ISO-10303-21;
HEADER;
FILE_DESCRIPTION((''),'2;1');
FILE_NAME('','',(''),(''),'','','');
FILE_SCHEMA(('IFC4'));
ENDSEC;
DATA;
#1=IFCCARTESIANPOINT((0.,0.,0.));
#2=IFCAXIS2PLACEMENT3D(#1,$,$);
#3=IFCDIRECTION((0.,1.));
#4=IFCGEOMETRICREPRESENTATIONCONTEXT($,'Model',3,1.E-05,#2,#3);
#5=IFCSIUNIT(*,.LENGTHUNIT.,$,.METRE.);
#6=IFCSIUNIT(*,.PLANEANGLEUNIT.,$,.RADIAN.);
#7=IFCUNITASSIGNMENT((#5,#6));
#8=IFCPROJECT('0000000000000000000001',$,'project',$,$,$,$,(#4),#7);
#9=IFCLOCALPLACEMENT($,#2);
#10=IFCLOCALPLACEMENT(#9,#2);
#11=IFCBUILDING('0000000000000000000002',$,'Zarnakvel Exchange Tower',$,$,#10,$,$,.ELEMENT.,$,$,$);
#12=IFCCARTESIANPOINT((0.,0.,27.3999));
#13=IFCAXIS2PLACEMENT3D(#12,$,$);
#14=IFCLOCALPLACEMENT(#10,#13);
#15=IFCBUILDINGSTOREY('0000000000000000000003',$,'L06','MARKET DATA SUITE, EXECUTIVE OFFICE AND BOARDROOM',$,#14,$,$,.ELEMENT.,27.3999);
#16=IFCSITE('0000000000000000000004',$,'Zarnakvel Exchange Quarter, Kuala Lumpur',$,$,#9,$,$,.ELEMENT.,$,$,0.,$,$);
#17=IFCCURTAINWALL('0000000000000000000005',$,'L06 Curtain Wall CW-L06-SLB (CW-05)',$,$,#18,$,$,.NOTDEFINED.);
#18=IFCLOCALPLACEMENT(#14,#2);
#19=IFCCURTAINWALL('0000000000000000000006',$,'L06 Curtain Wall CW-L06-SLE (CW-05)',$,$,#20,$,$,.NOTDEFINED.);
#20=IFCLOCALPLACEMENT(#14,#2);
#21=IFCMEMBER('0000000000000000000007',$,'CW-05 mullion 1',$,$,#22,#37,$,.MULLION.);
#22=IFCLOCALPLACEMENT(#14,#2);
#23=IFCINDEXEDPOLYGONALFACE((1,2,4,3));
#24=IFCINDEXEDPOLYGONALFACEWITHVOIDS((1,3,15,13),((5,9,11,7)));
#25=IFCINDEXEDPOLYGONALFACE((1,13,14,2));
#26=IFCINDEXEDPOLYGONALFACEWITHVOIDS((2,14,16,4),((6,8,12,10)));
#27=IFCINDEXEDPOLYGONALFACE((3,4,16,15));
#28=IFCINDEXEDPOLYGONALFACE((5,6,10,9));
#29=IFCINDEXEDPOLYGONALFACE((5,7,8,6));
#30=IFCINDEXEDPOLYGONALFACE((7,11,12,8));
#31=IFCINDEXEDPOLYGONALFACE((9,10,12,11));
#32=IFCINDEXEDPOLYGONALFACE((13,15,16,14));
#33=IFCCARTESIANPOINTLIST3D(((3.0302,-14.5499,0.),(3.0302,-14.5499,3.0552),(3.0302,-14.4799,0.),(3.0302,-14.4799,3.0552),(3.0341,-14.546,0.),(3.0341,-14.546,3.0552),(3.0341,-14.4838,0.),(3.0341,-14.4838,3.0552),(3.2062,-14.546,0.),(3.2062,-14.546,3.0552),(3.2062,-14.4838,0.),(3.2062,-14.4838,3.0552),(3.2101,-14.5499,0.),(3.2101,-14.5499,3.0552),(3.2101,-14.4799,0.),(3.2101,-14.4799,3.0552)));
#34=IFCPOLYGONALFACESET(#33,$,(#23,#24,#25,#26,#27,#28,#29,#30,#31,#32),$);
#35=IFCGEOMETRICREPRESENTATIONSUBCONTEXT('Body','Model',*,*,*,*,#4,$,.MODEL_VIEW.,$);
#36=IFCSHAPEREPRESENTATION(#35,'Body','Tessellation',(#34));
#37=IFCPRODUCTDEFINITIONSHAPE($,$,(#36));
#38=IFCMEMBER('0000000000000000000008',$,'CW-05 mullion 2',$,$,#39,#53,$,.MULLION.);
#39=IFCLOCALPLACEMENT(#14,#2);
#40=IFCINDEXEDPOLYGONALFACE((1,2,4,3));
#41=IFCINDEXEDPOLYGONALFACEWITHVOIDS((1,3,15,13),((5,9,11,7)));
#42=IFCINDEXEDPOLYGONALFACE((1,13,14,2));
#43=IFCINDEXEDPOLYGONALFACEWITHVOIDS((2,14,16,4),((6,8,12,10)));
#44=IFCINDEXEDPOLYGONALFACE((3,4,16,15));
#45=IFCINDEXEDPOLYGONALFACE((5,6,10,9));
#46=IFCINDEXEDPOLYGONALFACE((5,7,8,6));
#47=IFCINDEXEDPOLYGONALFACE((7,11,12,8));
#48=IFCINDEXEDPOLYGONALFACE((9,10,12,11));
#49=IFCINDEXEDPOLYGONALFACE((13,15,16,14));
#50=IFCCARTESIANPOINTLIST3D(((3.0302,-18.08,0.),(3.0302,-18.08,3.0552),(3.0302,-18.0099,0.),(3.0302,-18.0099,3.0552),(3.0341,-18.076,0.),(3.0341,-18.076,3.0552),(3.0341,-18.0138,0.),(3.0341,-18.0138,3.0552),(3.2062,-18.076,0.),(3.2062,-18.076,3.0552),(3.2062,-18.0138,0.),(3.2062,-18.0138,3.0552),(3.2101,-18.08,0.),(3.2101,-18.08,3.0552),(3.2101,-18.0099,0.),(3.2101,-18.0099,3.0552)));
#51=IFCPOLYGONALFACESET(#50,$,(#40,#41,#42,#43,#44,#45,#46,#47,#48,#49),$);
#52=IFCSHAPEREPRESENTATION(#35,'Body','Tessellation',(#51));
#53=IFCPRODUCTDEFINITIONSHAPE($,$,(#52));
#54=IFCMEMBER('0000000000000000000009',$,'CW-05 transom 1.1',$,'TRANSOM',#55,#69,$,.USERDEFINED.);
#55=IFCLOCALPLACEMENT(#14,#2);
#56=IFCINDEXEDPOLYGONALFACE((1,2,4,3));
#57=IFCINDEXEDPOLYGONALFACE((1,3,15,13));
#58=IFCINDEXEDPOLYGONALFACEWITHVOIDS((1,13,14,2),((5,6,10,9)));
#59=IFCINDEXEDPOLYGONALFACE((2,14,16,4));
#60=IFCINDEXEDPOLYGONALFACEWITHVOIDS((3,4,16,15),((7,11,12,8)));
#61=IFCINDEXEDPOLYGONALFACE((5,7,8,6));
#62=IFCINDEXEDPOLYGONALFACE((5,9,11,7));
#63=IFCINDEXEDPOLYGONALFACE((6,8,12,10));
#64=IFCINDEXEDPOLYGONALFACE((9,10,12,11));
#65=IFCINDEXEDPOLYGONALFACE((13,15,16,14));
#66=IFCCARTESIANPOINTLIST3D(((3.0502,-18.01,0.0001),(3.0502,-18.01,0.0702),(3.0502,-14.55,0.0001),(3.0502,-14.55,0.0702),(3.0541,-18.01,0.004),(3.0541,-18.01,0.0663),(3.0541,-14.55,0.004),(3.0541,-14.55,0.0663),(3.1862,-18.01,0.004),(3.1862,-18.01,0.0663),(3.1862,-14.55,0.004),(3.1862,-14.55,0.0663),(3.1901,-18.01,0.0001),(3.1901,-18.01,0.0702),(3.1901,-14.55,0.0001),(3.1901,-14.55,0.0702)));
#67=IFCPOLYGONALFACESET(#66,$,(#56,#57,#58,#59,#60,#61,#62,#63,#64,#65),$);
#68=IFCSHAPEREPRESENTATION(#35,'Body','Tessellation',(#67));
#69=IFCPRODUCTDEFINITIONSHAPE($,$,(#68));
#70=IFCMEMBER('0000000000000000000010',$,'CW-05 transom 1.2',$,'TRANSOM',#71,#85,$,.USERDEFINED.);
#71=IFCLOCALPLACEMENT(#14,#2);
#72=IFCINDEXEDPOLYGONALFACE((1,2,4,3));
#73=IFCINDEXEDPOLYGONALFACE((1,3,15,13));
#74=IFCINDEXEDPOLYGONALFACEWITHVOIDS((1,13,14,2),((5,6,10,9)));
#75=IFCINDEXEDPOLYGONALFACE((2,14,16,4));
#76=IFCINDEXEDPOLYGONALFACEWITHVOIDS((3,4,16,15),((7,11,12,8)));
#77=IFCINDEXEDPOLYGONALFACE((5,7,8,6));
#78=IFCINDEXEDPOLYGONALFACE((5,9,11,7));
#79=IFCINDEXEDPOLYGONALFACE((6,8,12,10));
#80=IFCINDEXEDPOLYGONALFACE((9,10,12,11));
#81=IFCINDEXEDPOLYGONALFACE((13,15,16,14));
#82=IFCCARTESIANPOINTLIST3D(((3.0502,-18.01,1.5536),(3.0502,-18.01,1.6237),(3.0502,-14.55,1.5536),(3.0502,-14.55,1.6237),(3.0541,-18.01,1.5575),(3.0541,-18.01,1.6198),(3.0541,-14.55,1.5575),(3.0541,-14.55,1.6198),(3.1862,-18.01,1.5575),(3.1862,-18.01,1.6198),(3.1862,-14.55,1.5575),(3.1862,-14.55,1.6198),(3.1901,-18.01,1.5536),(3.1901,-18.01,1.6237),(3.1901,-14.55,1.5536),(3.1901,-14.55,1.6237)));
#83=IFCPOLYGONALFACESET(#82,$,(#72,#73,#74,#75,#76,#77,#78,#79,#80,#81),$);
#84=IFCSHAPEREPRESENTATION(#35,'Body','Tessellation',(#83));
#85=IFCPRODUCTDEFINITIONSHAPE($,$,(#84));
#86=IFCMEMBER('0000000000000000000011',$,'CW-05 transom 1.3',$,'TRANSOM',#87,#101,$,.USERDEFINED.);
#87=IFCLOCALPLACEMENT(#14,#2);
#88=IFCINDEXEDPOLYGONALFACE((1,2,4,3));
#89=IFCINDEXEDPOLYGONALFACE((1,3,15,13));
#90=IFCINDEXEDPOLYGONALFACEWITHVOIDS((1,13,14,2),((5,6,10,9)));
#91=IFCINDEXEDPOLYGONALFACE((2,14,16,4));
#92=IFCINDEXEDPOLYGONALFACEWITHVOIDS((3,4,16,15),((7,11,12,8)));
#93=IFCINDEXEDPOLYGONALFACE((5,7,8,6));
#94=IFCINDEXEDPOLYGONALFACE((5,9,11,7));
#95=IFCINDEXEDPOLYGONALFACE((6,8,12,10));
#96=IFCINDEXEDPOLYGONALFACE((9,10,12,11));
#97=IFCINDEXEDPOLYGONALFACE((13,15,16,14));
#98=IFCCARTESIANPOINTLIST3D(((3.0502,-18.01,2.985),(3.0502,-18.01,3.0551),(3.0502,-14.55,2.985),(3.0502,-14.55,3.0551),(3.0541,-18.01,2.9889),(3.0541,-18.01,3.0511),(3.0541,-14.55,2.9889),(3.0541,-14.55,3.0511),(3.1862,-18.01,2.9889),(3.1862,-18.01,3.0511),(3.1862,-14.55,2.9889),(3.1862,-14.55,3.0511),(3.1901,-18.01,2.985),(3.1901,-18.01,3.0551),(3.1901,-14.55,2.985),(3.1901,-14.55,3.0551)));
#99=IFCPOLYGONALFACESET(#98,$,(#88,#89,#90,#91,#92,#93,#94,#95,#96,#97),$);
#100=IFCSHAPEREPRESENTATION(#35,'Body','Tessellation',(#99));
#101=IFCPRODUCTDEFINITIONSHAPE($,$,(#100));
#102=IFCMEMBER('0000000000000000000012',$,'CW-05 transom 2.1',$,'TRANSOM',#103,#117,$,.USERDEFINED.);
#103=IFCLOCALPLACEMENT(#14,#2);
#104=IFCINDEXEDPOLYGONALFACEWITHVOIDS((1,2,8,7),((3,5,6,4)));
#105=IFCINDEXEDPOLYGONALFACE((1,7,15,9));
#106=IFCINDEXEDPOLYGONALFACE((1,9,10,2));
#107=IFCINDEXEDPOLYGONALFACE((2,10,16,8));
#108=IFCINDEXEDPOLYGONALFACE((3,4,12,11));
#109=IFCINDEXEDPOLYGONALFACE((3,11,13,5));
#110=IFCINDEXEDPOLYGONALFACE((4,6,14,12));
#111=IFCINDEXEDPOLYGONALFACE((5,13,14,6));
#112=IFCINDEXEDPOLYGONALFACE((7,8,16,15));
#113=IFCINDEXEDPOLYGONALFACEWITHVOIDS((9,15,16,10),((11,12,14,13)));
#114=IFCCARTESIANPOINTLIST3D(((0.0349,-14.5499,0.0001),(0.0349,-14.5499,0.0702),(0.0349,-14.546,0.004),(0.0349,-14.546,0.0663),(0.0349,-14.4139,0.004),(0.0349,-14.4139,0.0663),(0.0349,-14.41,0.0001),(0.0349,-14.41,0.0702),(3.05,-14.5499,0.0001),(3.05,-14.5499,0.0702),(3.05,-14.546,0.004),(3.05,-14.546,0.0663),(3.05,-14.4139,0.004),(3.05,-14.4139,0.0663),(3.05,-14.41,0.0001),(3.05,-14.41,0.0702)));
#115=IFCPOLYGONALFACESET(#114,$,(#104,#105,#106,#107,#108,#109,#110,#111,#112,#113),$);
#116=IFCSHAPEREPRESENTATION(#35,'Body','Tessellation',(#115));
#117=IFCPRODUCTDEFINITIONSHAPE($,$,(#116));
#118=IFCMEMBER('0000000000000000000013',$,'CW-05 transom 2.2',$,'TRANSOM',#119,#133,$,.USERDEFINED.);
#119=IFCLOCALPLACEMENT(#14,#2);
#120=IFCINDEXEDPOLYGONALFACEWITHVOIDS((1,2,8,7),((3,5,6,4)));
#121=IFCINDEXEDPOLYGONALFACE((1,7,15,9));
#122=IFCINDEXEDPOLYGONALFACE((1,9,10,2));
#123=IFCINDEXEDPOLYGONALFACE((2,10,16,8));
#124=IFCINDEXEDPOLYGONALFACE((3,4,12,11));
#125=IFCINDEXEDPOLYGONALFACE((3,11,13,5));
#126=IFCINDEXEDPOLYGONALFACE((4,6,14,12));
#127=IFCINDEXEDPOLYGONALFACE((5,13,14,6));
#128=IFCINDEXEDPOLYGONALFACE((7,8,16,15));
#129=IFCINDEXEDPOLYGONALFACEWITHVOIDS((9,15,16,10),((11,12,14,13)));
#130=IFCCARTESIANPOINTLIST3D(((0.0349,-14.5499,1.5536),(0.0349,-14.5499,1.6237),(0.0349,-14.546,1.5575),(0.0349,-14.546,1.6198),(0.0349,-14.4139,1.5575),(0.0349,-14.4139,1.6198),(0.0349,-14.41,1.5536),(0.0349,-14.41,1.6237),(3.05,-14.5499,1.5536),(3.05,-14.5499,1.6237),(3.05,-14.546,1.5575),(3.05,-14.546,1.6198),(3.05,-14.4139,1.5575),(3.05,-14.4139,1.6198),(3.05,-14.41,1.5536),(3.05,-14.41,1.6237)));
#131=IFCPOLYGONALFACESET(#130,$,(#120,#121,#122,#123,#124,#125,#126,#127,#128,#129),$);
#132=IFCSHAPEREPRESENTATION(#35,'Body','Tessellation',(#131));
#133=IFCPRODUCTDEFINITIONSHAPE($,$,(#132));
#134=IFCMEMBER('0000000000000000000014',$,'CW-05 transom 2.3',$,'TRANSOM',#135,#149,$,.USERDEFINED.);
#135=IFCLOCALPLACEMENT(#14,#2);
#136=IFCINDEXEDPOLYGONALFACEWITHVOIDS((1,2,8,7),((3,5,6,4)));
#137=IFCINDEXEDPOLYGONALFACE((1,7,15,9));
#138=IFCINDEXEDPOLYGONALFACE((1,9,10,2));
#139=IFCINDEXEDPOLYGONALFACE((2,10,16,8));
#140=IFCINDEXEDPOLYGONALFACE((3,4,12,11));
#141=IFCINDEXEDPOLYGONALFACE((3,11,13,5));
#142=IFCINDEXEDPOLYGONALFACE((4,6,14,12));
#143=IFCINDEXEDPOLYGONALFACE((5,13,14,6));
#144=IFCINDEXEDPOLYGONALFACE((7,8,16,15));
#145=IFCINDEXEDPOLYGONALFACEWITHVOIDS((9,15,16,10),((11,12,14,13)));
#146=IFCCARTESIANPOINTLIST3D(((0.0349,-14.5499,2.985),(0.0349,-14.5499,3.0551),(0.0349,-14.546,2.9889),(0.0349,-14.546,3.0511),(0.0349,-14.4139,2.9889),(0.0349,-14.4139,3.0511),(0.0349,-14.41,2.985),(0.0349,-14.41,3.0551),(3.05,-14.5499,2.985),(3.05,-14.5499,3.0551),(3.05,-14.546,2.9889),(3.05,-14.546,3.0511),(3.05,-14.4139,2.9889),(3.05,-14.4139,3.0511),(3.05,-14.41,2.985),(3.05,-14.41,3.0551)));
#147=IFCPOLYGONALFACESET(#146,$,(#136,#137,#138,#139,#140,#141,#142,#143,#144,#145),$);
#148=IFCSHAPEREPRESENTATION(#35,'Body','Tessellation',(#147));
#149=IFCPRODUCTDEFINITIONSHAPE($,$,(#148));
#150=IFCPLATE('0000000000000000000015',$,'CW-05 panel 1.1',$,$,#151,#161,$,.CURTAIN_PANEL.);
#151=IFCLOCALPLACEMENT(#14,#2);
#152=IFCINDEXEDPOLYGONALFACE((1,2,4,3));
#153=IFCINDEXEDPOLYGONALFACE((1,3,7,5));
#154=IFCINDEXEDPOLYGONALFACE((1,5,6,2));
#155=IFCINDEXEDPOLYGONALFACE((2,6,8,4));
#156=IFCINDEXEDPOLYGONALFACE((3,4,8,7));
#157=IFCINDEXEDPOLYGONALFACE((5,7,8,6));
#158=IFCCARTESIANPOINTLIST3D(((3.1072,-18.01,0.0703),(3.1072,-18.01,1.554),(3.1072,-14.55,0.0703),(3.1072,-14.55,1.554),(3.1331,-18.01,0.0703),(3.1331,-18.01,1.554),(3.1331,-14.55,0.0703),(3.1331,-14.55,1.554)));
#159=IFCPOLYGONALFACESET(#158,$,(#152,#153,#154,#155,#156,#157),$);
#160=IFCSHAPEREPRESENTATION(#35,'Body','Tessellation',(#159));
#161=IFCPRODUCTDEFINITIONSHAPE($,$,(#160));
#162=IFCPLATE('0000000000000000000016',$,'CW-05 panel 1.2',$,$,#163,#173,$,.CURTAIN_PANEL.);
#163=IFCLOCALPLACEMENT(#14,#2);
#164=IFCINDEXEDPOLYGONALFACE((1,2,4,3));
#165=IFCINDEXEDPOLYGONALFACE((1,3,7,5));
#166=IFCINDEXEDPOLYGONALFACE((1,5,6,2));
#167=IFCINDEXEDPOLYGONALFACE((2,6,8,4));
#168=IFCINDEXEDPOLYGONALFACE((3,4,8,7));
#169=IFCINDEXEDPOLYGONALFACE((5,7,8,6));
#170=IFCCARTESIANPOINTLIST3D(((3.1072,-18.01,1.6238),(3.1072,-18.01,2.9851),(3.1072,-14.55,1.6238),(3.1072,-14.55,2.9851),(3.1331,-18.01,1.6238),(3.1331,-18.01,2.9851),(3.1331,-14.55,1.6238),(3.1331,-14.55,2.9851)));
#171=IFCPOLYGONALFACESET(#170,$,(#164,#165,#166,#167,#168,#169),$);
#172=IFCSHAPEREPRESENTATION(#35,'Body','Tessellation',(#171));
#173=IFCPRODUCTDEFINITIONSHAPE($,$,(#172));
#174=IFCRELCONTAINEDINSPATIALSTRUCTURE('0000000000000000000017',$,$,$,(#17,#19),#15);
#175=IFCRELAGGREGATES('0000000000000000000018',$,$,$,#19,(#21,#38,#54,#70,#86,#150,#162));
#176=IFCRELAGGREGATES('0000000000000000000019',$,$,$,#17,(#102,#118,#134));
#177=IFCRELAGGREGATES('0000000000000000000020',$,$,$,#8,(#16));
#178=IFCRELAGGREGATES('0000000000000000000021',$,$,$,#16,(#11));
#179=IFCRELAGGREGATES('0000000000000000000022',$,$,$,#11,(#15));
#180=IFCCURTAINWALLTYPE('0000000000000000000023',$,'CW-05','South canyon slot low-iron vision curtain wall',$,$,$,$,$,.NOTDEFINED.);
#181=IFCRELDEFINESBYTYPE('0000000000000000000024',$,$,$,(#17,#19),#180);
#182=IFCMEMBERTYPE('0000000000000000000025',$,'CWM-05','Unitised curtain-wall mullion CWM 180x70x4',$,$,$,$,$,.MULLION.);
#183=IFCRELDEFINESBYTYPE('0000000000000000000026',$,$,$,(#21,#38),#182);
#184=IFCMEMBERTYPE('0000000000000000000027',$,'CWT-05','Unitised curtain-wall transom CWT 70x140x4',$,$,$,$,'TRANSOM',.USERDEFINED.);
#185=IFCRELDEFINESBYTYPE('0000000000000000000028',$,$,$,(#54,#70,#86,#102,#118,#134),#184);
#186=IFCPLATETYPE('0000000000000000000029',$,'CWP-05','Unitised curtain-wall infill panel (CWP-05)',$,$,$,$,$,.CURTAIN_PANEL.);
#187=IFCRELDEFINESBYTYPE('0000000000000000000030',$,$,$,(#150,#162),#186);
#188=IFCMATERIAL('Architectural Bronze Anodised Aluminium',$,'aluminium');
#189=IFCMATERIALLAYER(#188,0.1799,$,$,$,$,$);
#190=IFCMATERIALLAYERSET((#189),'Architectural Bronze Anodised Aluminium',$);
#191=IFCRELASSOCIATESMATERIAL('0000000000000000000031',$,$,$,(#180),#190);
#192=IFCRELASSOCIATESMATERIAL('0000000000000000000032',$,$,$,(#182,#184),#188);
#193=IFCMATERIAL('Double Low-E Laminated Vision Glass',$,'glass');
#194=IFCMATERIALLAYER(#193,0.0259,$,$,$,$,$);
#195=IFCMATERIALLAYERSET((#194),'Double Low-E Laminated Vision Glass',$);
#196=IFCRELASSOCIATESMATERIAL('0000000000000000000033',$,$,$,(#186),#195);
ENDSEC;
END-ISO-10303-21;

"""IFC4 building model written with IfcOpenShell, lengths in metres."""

from ifc_helpers import new_model, si_unit, direction, frame, origin, origin_2d, place, context, subcontext, project, spatial, rectangle, hollow_rectangle, extrude, source, transform, mapped, material, layer, layer_set, material_profile, profile_set, type_object, element, aggregate, save


model = new_model("IFC4")

# Units and contexts
model_context = context("Model", 3, precision=1e-05, world=origin(), true_north=direction((0.0, 1.0)))
body_context = subcontext(model_context, "Body", "Model", "MODEL_VIEW")
ifc_project = project(units=[si_unit("LENGTHUNIT", "METRE"), si_unit("PLANEANGLEUNIT", "RADIAN")], contexts=[model_context])

# Site, building, storey
site_placement = place(None, origin())
site = spatial("IfcSite", under=ifc_project, at=site_placement, Name="Zarnakvel Exchange Quarter, Kuala Lumpur", CompositionType="ELEMENT", RefElevation=0.0)
building_placement = place(site_placement, origin())
building = spatial("IfcBuilding", under=site, at=building_placement, Name="Zarnakvel Exchange Tower", CompositionType="ELEMENT")
storey_placement = place(building_placement, frame((0.0, 0.0, 27.3999)))
storey = spatial("IfcBuildingStorey", under=building, at=storey_placement, Name="L06", Description="MARKET DATA SUITE, EXECUTIVE OFFICE AND BOARDROOM", CompositionType="ELEMENT", Elevation=27.3999)

# Curtain walls, members
ifc_material_1 = material(Name="Architectural Bronze Anodised Aluminium", Category="aluminium")
ifc_layer_1 = layer(ifc_material_1, 0.1799)
ifc_layer_set_1 = layer_set([ifc_layer_1], Name="Architectural Bronze Anodised Aluminium")
curtain_wall_type = type_object("IfcCurtainWallType", Name="CW-05", Description="South canyon slot low-iron vision curtain wall", PredefinedType="NOTDEFINED", material=ifc_layer_set_1)
curtain_wall_1_placement = place(storey_placement, origin())
curtain_wall_1 = element("IfcCurtainWall", 1, at=curtain_wall_1_placement, inside=storey, type_object=curtain_wall_type, Name="L06 Curtain Wall CW-L06-SLB (CW-05)", PredefinedType="NOTDEFINED")
ifc_material_profile_1 = material_profile(ifc_material_1, hollow_rectangle(XDim=0.1799, YDim=0.0701, WallThickness=0.0039, at=origin_2d()))
ifc_profile_set_1 = profile_set([ifc_material_profile_1], Name="Architectural Bronze Anodised Aluminium")
member_type_1 = type_object("IfcMemberType", Name="CWM-05", Description="Unitised curtain-wall mullion CWM 180x70x4", PredefinedType="MULLION", material=ifc_profile_set_1)
shared_shape_1 = source(origin(), body_context, "Body", "SweptSolid", [
    extrude(hollow_rectangle(XDim=0.1799, YDim=0.0701, WallThickness=0.0039, at=origin_2d()), origin(), (0.0, 0.0, 1.0), 3.0552),
])
curtain_wall_2_placement = place(storey_placement, origin())
curtain_wall_2 = element("IfcCurtainWall", 2, at=curtain_wall_2_placement, inside=storey, type_object=curtain_wall_type, Name="L06 Curtain Wall CW-L06-SLE (CW-05)", PredefinedType="NOTDEFINED")
member_1_placement = place(storey_placement, frame((3.1201, -14.5149, 0.0), z_axis=(0.0, 0.0, 1.0), x_axis=(1.0, 0.0, 0.0)))
member_1 = element("IfcMember", 3, at=member_1_placement, type_object=member_type_1, Name="CW-05 mullion 1", PredefinedType="MULLION", context=body_context, shape_type="MappedRepresentation", body=[
    mapped(shared_shape_1, transform((0.0, 0.0, 0.0), x_axis=(1.0, 0.0, 0.0), y_axis=(0.0, 1.0, 0.0), z_axis=(0.0, 0.0, 1.0), scale=1.0)),
])
member_2_placement = place(storey_placement, frame((3.1201, -18.0449, 0.0), z_axis=(0.0, 0.0, 1.0), x_axis=(1.0, 0.0, 0.0)))
member_2 = element("IfcMember", 4, at=member_2_placement, type_object=member_type_1, Name="CW-05 mullion 2", PredefinedType="MULLION", context=body_context, shape_type="MappedRepresentation", body=[
    mapped(shared_shape_1, transform((0.0, 0.0, 0.0), x_axis=(1.0, 0.0, 0.0), y_axis=(0.0, 1.0, 0.0), z_axis=(0.0, 0.0, 1.0), scale=1.0)),
])
ifc_material_profile_2 = material_profile(ifc_material_1, hollow_rectangle(XDim=0.1399, YDim=0.0701, WallThickness=0.0039, at=origin_2d()))
ifc_profile_set_2 = profile_set([ifc_material_profile_2], Name="Architectural Bronze Anodised Aluminium")
member_type_2 = type_object("IfcMemberType", Name="CWT-05", Description="Unitised curtain-wall transom CWT 70x140x4", ElementType="TRANSOM", PredefinedType="USERDEFINED", material=ifc_profile_set_2)
shared_shape_2 = source(origin(), body_context, "Body", "SweptSolid", [
    extrude(hollow_rectangle(XDim=0.1399, YDim=0.0701, WallThickness=0.0039, at=origin_2d()), origin(), (0.0, 0.0, 1.0), 3.46),
])
member_3_placement = place(storey_placement, frame((3.1201, -14.55, 0.0352), z_axis=(0.0, -1.0, 0.0), x_axis=(1.0, 0.0, 0.0)))
member_3 = element("IfcMember", 5, at=member_3_placement, type_object=member_type_2, Name="CW-05 transom 1.1", ObjectType="TRANSOM", PredefinedType="USERDEFINED", context=body_context, shape_type="MappedRepresentation", body=[
    mapped(shared_shape_2, transform((0.0, 0.0, 0.0), x_axis=(1.0, 0.0, 0.0), y_axis=(0.0, 1.0, 0.0), z_axis=(0.0, 0.0, 1.0), scale=1.0)),
])
member_4_placement = place(storey_placement, frame((3.1201, -14.55, 1.5886), z_axis=(0.0, -1.0, 0.0), x_axis=(1.0, 0.0, 0.0)))
member_4 = element("IfcMember", 6, at=member_4_placement, type_object=member_type_2, Name="CW-05 transom 1.2", ObjectType="TRANSOM", PredefinedType="USERDEFINED", context=body_context, shape_type="MappedRepresentation", body=[
    mapped(shared_shape_2, transform((0.0, 0.0, 0.0), x_axis=(1.0, 0.0, 0.0), y_axis=(0.0, 1.0, 0.0), z_axis=(0.0, 0.0, 1.0), scale=1.0)),
])
member_5_placement = place(storey_placement, frame((3.1201, -14.55, 3.02), z_axis=(0.0, -1.0, 0.0), x_axis=(1.0, 0.0, 0.0)))
member_5 = element("IfcMember", 7, at=member_5_placement, type_object=member_type_2, Name="CW-05 transom 1.3", ObjectType="TRANSOM", PredefinedType="USERDEFINED", context=body_context, shape_type="MappedRepresentation", body=[
    mapped(shared_shape_2, transform((0.0, 0.0, 0.0), x_axis=(1.0, 0.0, 0.0), y_axis=(0.0, 1.0, 0.0), z_axis=(0.0, 0.0, 1.0), scale=1.0)),
])

# Members
shared_shape_3 = source(origin(), body_context, "Body", "SweptSolid", [
    extrude(hollow_rectangle(XDim=0.1399, YDim=0.0701, WallThickness=0.0039, at=origin_2d()), origin(), (0.0, 0.0, 1.0), 3.0151),
])
member_6_placement = place(storey_placement, frame((0.0349, -14.48, 0.0352), z_axis=(1.0, 0.0, 0.0), x_axis=(0.0, 1.0, 0.0)))
member_6 = element("IfcMember", 8, at=member_6_placement, type_object=member_type_2, Name="CW-05 transom 2.1", ObjectType="TRANSOM", PredefinedType="USERDEFINED", context=body_context, shape_type="MappedRepresentation", body=[
    mapped(shared_shape_3, transform((0.0, 0.0, 0.0), x_axis=(1.0, 0.0, 0.0), y_axis=(0.0, 1.0, 0.0), z_axis=(0.0, 0.0, 1.0), scale=1.0)),
])
member_7_placement = place(storey_placement, frame((0.0349, -14.48, 1.5886), z_axis=(1.0, 0.0, 0.0), x_axis=(0.0, 1.0, 0.0)))
member_7 = element("IfcMember", 9, at=member_7_placement, type_object=member_type_2, Name="CW-05 transom 2.2", ObjectType="TRANSOM", PredefinedType="USERDEFINED", context=body_context, shape_type="MappedRepresentation", body=[
    mapped(shared_shape_3, transform((0.0, 0.0, 0.0), x_axis=(1.0, 0.0, 0.0), y_axis=(0.0, 1.0, 0.0), z_axis=(0.0, 0.0, 1.0), scale=1.0)),
])
member_8_placement = place(storey_placement, frame((0.0349, -14.48, 3.02), z_axis=(1.0, 0.0, 0.0), x_axis=(0.0, 1.0, 0.0)))
member_8 = element("IfcMember", 10, at=member_8_placement, type_object=member_type_2, Name="CW-05 transom 2.3", ObjectType="TRANSOM", PredefinedType="USERDEFINED", context=body_context, shape_type="MappedRepresentation", body=[
    mapped(shared_shape_3, transform((0.0, 0.0, 0.0), x_axis=(1.0, 0.0, 0.0), y_axis=(0.0, 1.0, 0.0), z_axis=(0.0, 0.0, 1.0), scale=1.0)),
])

# Plates
ifc_material_2 = material(Name="Double Low-E Laminated Vision Glass", Category="glass")
ifc_layer_2 = layer(ifc_material_2, 0.0259)
ifc_layer_set_2 = layer_set([ifc_layer_2], Name="Double Low-E Laminated Vision Glass")
plate_type = type_object("IfcPlateType", Name="CWP-05", Description="Unitised curtain-wall infill panel (CWP-05)", PredefinedType="CURTAIN_PANEL", material=ifc_layer_set_2)
shared_shape_4 = source(origin(), body_context, "Body", "SweptSolid", [
    extrude(rectangle(XDim=3.46, YDim=0.0259, at=origin_2d()), origin(), (0.0, 0.0, 1.0), 1.4836),
])
plate_1_placement = place(storey_placement, frame((3.1201, -16.28, 0.0703), z_axis=(0.0, 0.0, 1.0), x_axis=(0.0, -1.0, 0.0)))
plate_1 = element("IfcPlate", 11, at=plate_1_placement, type_object=plate_type, Name="CW-05 panel 1.1", PredefinedType="CURTAIN_PANEL", context=body_context, shape_type="MappedRepresentation", body=[
    mapped(shared_shape_4, transform((0.0, 0.0, 0.0), x_axis=(1.0, 0.0, 0.0), y_axis=(0.0, 1.0, 0.0), z_axis=(0.0, 0.0, 1.0), scale=1.0)),
])
shared_shape_5 = source(origin(), body_context, "Body", "SweptSolid", [
    extrude(rectangle(XDim=3.46, YDim=0.0259, at=origin_2d()), origin(), (0.0, 0.0, 1.0), 1.3613),
])
plate_2_placement = place(storey_placement, frame((3.1201, -16.28, 1.6238), z_axis=(0.0, 0.0, 1.0), x_axis=(0.0, -1.0, 0.0)))
plate_2 = element("IfcPlate", 12, at=plate_2_placement, type_object=plate_type, Name="CW-05 panel 1.2", PredefinedType="CURTAIN_PANEL", context=body_context, shape_type="MappedRepresentation", body=[
    mapped(shared_shape_5, transform((0.0, 0.0, 0.0), x_axis=(1.0, 0.0, 0.0), y_axis=(0.0, 1.0, 0.0), z_axis=(0.0, 0.0, 1.0), scale=1.0)),
])
aggregate(curtain_wall_2, [member_1, member_2, member_3, member_4, member_5, plate_1, plate_2])
aggregate(curtain_wall_1, [member_6, member_7, member_8])

save(model, "model.ifc")
